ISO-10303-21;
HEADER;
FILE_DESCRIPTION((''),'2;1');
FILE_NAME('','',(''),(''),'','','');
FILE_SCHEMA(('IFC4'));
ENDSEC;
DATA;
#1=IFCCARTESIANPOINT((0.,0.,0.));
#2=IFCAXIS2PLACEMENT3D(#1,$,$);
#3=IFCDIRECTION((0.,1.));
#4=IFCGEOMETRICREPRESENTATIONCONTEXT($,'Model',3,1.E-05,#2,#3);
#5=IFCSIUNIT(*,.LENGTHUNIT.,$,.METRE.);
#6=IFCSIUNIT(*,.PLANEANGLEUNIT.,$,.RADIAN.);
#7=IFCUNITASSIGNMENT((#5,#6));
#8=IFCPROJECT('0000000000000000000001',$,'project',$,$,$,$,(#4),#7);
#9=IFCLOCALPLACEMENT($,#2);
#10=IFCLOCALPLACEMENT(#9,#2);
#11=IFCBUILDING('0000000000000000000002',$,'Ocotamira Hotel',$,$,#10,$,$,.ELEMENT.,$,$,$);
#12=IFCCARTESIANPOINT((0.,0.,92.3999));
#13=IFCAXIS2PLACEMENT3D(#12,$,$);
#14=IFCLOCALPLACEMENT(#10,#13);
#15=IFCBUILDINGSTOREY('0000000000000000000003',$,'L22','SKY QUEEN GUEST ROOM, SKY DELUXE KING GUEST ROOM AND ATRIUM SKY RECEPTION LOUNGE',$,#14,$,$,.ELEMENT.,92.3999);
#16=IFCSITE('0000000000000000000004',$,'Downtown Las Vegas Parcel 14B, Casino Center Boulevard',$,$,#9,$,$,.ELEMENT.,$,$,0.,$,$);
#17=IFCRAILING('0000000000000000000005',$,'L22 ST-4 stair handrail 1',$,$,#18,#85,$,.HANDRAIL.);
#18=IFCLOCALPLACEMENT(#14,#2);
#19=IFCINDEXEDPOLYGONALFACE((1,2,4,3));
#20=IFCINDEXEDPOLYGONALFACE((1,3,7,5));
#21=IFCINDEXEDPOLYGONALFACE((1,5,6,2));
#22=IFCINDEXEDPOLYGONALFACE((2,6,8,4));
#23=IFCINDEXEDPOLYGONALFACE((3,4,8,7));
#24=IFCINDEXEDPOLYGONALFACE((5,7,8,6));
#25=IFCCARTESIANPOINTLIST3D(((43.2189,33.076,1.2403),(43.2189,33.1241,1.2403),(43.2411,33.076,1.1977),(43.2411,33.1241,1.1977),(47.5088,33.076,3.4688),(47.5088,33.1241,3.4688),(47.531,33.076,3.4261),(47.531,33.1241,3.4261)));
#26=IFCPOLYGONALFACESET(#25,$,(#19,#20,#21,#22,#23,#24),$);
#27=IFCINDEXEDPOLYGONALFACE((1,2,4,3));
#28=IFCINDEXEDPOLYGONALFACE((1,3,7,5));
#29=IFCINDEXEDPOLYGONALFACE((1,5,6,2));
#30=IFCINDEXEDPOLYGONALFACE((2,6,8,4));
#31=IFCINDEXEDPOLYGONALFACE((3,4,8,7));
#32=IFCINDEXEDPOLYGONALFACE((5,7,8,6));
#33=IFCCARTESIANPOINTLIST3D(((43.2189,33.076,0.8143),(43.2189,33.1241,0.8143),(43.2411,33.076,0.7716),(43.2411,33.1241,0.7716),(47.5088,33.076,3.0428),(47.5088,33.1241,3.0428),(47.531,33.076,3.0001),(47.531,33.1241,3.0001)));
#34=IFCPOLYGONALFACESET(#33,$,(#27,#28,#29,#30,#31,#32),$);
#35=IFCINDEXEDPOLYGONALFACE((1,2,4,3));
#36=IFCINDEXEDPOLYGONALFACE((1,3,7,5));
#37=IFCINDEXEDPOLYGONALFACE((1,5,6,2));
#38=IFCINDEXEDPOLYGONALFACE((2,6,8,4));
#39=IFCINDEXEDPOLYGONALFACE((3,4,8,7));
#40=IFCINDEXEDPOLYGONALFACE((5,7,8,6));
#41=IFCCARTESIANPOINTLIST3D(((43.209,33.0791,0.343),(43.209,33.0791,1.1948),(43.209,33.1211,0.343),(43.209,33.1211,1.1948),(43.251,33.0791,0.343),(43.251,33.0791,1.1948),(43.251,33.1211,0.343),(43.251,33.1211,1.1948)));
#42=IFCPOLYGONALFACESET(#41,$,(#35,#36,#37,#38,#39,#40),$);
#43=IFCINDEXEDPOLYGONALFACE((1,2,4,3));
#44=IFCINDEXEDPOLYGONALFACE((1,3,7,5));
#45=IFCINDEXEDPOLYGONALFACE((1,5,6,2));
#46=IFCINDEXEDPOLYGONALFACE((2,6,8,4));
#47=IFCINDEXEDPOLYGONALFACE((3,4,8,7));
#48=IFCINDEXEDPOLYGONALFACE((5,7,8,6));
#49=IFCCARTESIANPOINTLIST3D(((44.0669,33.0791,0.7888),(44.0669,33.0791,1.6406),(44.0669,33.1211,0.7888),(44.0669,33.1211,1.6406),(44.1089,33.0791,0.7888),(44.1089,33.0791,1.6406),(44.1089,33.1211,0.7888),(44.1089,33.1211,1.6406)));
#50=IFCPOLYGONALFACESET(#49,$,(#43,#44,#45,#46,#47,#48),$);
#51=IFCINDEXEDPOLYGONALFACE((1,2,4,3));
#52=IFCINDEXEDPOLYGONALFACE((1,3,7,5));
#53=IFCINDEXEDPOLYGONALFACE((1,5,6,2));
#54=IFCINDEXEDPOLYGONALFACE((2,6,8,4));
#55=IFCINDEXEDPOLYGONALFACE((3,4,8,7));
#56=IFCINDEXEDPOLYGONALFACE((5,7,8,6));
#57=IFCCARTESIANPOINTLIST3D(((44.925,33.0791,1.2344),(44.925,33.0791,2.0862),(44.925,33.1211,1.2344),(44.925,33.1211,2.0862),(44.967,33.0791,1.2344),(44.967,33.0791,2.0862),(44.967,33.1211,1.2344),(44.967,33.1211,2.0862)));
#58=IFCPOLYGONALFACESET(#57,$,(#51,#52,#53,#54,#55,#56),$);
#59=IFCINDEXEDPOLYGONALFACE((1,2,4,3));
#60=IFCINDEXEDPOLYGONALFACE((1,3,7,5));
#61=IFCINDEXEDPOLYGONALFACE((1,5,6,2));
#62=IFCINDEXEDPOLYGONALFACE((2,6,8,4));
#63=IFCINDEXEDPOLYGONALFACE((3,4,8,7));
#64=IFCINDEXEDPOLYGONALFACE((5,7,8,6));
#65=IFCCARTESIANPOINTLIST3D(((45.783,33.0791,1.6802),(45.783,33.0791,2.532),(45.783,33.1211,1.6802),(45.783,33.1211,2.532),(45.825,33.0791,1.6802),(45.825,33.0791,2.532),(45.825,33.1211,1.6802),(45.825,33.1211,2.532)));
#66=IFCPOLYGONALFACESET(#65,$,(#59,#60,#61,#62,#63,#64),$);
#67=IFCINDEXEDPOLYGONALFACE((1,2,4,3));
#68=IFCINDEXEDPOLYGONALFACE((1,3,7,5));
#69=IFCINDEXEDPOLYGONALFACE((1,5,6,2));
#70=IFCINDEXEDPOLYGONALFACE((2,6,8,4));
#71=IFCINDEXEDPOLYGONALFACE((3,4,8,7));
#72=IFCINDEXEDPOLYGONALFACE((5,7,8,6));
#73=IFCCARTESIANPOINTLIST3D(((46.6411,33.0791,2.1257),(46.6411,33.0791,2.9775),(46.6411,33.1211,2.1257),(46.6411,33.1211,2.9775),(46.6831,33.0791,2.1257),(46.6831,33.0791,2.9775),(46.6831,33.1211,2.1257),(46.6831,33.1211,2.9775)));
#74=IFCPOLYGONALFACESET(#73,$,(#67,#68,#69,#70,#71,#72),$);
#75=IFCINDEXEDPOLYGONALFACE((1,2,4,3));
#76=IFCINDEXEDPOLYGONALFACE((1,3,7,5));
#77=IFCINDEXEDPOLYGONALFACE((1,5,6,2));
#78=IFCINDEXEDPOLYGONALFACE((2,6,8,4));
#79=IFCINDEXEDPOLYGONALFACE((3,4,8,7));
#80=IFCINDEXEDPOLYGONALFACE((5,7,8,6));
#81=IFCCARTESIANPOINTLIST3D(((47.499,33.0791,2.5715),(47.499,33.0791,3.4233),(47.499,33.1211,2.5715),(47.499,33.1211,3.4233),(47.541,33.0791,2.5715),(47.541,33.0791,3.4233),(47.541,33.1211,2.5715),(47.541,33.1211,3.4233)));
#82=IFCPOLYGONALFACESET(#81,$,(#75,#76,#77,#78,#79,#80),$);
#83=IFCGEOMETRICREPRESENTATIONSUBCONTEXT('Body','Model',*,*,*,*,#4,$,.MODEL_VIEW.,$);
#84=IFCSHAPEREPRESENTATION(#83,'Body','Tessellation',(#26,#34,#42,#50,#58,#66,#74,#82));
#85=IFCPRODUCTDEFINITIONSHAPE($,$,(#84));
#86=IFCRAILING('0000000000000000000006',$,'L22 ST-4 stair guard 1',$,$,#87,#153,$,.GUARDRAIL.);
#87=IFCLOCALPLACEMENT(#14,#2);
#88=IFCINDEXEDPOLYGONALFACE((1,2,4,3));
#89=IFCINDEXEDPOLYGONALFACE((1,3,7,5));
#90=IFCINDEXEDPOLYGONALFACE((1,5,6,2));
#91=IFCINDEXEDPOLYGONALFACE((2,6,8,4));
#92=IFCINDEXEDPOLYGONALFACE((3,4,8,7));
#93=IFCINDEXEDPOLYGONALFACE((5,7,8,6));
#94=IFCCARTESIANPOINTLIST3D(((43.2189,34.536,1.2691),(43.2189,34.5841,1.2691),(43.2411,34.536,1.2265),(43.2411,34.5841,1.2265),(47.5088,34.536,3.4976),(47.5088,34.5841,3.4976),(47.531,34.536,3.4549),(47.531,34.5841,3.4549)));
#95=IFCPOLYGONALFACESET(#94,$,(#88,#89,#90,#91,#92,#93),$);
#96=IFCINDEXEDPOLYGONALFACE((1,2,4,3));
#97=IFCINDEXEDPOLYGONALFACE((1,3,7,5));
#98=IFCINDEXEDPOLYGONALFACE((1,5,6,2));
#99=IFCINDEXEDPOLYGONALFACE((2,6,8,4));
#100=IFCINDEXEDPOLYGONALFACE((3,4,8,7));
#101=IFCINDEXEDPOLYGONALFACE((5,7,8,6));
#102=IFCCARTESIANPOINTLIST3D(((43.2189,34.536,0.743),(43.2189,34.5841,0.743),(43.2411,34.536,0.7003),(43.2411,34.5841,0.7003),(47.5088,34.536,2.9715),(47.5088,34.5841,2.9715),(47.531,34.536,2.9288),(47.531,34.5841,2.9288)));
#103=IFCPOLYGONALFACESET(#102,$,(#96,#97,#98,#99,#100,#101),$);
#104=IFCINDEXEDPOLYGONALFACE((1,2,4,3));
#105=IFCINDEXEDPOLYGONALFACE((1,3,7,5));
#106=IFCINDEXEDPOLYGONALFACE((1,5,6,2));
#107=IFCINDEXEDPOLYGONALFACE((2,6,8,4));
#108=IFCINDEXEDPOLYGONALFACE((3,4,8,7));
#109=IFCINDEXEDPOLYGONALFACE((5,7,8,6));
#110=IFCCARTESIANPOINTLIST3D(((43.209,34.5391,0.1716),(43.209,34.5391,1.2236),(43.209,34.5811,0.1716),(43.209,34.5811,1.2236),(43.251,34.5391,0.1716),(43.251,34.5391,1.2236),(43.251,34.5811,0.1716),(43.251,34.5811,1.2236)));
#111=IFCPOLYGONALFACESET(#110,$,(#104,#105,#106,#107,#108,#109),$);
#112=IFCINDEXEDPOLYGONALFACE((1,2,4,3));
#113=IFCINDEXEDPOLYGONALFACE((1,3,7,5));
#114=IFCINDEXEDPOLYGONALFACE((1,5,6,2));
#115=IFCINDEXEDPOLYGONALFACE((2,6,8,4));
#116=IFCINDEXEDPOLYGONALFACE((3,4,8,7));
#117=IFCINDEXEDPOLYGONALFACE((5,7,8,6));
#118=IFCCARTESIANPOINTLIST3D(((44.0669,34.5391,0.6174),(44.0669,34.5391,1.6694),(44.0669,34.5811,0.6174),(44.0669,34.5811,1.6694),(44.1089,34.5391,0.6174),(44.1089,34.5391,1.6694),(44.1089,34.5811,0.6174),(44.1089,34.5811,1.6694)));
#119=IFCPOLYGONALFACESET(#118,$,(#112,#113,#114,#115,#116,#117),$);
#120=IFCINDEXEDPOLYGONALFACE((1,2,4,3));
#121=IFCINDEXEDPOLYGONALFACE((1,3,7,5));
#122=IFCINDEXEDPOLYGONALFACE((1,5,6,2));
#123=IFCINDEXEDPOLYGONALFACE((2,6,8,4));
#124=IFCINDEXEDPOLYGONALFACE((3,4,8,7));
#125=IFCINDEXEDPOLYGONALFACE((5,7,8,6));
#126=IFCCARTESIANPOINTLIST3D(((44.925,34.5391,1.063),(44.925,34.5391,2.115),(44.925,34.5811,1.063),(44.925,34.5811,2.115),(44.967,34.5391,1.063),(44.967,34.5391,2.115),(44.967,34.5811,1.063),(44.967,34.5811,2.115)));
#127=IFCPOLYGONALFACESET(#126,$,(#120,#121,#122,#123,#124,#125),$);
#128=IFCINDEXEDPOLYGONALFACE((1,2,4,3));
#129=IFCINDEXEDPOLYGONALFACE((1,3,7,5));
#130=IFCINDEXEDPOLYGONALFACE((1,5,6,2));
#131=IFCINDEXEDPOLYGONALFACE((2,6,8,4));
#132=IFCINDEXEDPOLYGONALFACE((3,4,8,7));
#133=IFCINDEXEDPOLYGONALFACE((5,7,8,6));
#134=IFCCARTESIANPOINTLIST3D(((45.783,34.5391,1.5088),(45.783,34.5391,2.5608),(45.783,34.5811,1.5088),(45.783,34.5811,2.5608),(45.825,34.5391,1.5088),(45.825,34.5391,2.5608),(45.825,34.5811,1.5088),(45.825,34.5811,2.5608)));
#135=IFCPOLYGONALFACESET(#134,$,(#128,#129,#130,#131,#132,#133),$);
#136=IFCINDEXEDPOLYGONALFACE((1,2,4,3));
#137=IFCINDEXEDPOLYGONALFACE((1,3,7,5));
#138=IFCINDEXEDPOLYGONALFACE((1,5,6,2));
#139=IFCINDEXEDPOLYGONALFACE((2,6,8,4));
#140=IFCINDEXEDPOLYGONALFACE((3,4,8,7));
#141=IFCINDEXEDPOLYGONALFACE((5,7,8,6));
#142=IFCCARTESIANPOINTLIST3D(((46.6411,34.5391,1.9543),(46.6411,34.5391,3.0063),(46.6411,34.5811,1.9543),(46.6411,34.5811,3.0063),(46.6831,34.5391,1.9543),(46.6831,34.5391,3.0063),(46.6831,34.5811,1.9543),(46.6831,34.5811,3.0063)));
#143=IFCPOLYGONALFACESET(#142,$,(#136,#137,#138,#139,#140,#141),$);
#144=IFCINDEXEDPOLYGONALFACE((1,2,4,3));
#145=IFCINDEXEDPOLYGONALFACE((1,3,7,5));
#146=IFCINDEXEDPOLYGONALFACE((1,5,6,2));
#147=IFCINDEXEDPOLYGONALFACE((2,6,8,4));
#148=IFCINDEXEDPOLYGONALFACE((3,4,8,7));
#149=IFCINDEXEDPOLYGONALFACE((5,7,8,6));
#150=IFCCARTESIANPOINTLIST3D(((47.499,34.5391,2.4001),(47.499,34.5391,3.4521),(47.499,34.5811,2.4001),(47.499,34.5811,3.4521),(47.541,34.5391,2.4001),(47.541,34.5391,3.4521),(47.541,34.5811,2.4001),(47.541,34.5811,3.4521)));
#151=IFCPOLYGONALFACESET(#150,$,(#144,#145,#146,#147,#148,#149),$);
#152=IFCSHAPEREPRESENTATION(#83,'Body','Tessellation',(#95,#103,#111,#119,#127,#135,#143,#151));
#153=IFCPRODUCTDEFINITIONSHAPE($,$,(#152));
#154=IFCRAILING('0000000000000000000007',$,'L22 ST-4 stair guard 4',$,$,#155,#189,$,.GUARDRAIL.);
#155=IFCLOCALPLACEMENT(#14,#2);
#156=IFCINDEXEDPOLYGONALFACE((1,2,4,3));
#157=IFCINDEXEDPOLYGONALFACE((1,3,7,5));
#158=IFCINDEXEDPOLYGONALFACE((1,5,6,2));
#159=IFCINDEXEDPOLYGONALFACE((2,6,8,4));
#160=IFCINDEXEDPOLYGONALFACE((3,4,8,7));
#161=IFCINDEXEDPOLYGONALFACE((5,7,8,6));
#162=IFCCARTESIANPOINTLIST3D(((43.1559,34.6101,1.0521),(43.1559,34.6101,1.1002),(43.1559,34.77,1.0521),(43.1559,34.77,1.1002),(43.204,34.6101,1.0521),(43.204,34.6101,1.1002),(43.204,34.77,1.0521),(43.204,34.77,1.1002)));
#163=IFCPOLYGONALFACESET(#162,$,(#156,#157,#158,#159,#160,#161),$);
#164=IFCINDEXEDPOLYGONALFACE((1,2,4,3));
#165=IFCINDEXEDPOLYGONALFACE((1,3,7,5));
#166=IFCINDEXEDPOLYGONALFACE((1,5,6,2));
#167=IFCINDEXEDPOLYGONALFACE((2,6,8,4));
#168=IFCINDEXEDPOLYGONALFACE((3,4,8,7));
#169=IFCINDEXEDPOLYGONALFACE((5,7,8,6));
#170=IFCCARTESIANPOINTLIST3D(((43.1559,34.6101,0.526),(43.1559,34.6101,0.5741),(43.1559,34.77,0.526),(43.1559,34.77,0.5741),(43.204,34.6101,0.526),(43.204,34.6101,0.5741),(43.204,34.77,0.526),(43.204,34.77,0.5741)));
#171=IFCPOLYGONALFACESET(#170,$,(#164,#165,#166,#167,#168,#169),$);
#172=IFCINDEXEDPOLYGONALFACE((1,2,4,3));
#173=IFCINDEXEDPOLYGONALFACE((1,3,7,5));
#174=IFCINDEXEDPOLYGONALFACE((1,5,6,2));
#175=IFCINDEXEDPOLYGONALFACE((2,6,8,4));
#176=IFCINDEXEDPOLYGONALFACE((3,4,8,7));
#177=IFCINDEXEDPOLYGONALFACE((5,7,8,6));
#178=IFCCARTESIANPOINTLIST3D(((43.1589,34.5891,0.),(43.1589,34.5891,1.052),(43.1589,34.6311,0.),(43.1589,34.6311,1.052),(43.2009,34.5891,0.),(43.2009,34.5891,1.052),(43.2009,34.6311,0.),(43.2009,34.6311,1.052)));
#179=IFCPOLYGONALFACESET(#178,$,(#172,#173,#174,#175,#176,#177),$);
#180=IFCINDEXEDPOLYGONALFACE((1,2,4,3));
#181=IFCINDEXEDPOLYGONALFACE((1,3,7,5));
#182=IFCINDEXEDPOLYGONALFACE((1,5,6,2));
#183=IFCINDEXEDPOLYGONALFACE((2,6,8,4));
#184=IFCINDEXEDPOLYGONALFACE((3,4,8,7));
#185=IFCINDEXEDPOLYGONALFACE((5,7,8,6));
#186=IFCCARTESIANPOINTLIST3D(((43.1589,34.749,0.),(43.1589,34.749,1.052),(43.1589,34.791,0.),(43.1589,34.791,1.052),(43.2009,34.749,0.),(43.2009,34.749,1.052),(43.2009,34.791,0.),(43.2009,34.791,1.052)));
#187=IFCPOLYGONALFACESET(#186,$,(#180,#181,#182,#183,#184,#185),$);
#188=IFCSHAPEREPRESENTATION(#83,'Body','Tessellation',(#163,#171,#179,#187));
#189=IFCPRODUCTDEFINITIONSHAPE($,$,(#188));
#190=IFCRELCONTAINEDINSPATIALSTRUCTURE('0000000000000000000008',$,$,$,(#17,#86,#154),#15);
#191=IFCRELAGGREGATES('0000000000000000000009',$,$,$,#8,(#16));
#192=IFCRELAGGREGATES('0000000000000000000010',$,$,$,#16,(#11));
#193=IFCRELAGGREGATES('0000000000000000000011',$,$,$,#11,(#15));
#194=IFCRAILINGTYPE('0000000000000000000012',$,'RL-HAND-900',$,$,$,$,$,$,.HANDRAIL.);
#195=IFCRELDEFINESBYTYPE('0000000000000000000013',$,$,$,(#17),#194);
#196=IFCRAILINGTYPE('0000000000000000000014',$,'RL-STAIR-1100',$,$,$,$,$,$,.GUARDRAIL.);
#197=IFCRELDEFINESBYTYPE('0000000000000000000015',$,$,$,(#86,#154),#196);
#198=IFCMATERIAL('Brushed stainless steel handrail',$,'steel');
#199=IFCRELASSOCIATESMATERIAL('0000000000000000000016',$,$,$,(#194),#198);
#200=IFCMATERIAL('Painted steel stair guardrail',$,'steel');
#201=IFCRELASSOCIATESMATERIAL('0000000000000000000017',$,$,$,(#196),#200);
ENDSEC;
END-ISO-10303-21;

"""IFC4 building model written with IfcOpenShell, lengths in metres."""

from ifc_helpers import new_model, si_unit, direction, frame, origin, origin_2d, place, context, subcontext, project, spatial, rectangle, extrude, material, type_object, element, save


model = new_model("IFC4")

# Units and contexts
model_context = context("Model", 3, precision=1e-05, world=origin(), true_north=direction((0.0, 1.0)))
body_context = subcontext(model_context, "Body", "Model", "MODEL_VIEW")
ifc_project = project(units=[si_unit("LENGTHUNIT", "METRE"), si_unit("PLANEANGLEUNIT", "RADIAN")], contexts=[model_context])

# Site, building, storey
site_placement = place(None, origin())
site = spatial("IfcSite", under=ifc_project, at=site_placement, Name="Downtown Las Vegas Parcel 14B, Casino Center Boulevard", CompositionType="ELEMENT", RefElevation=0.0)
building_placement = place(site_placement, origin())
building = spatial("IfcBuilding", under=site, at=building_placement, Name="Ocotamira Hotel", CompositionType="ELEMENT")
storey_placement = place(building_placement, frame((0.0, 0.0, 92.3999)))
storey = spatial("IfcBuildingStorey", under=building, at=storey_placement, Name="L22", Description="SKY QUEEN GUEST ROOM, SKY DELUXE KING GUEST ROOM AND ATRIUM SKY RECEPTION LOUNGE", CompositionType="ELEMENT", Elevation=92.3999)

# Railings
ifc_material_1 = material(Name="Painted steel stair guardrail", Category="steel")
ifc_material_2 = material(Name="Brushed stainless steel handrail", Category="steel")
railing_type_1 = type_object("IfcRailingType", Name="RL-HAND-900", PredefinedType="HANDRAIL", material=ifc_material_2)
railing_1_placement = place(storey_placement, frame((43.23, 33.1001, 0.343)))
element("IfcRailing", 1, at=railing_1_placement, inside=storey, type_object=railing_type_1, Name="L22 ST-4 stair handrail 1", PredefinedType="HANDRAIL", context=body_context, shape_type="SweptSolid", body=[
    extrude(rectangle(XDim=0.0481, YDim=0.0481, at=origin_2d()), frame((0.0, 0.0, 0.876), z_axis=(0.887412, 0.0, 0.460977), x_axis=(0.0, 1.0, 0.0)), (0.0, 0.0, 1.0), 4.8342),
    extrude(rectangle(XDim=0.0481, YDim=0.0481, at=origin_2d()), frame((0.0, 0.0, 0.45), z_axis=(0.887412, 0.0, 0.460977), x_axis=(0.0, 1.0, 0.0)), (0.0, 0.0, 1.0), 4.8342),
    extrude(rectangle(XDim=0.042, YDim=0.042, at=origin_2d()), origin(), (0.0, 0.0, 1.0), 0.8518),
    extrude(rectangle(XDim=0.042, YDim=0.042, at=origin_2d()), frame((0.8579, 0.0, 0.4458)), (0.0, 0.0, 1.0), 0.8518),
    extrude(rectangle(XDim=0.042, YDim=0.042, at=origin_2d()), frame((1.7161, 0.0, 0.8914)), (0.0, 0.0, 1.0), 0.8518),
    extrude(rectangle(XDim=0.042, YDim=0.042, at=origin_2d()), frame((2.574, 0.0, 1.3372)), (0.0, 0.0, 1.0), 0.8518),
    extrude(rectangle(XDim=0.042, YDim=0.042, at=origin_2d()), frame((3.4321, 0.0, 1.7827)), (0.0, 0.0, 1.0), 0.8518),
    extrude(rectangle(XDim=0.042, YDim=0.042, at=origin_2d()), frame((4.29, 0.0, 2.2285)), (0.0, 0.0, 1.0), 0.8518),
])
railing_type_2 = type_object("IfcRailingType", Name="RL-STAIR-1100", PredefinedType="GUARDRAIL", material=ifc_material_1)
railing_2_placement = place(storey_placement, frame((43.23, 34.5601, 0.1716)))
element("IfcRailing", 2, at=railing_2_placement, inside=storey, type_object=railing_type_2, Name="L22 ST-4 stair guard 1", PredefinedType="GUARDRAIL", context=body_context, shape_type="SweptSolid", body=[
    extrude(rectangle(XDim=0.0481, YDim=0.0481, at=origin_2d()), frame((0.0, 0.0, 1.0762), z_axis=(0.887412, 0.0, 0.460977), x_axis=(0.0, 1.0, 0.0)), (0.0, 0.0, 1.0), 4.8342),
    extrude(rectangle(XDim=0.0481, YDim=0.0481, at=origin_2d()), frame((0.0, 0.0, 0.55), z_axis=(0.887412, 0.0, 0.460977), x_axis=(0.0, 1.0, 0.0)), (0.0, 0.0, 1.0), 4.8342),
    extrude(rectangle(XDim=0.042, YDim=0.042, at=origin_2d()), origin(), (0.0, 0.0, 1.0), 1.052),
    extrude(rectangle(XDim=0.042, YDim=0.042, at=origin_2d()), frame((0.8579, 0.0, 0.4458)), (0.0, 0.0, 1.0), 1.052),
    extrude(rectangle(XDim=0.042, YDim=0.042, at=origin_2d()), frame((1.7161, 0.0, 0.8914)), (0.0, 0.0, 1.0), 1.052),
    extrude(rectangle(XDim=0.042, YDim=0.042, at=origin_2d()), frame((2.574, 0.0, 1.3372)), (0.0, 0.0, 1.0), 1.052),
    extrude(rectangle(XDim=0.042, YDim=0.042, at=origin_2d()), frame((3.4321, 0.0, 1.7827)), (0.0, 0.0, 1.0), 1.052),
    extrude(rectangle(XDim=0.042, YDim=0.042, at=origin_2d()), frame((4.29, 0.0, 2.2285)), (0.0, 0.0, 1.0), 1.052),
])
railing_3_placement = place(storey_placement, frame((43.1799, 34.6101, 0.0)))
element("IfcRailing", 3, at=railing_3_placement, inside=storey, type_object=railing_type_2, Name="L22 ST-4 stair guard 4", PredefinedType="GUARDRAIL", context=body_context, shape_type="SweptSolid", body=[
    extrude(rectangle(XDim=0.0481, YDim=0.0481, at=origin_2d()), frame((0.0, 0.0, 1.0762), z_axis=(0.0, 1.0, 0.0), x_axis=(-1.0, 0.0, 0.0)), (0.0, 0.0, 1.0), 0.1599),
    extrude(rectangle(XDim=0.0481, YDim=0.0481, at=origin_2d()), frame((0.0, 0.0, 0.55), z_axis=(0.0, 1.0, 0.0), x_axis=(-1.0, 0.0, 0.0)), (0.0, 0.0, 1.0), 0.1599),
    extrude(rectangle(XDim=0.042, YDim=0.042, at=origin_2d()), origin(), (0.0, 0.0, 1.0), 1.052),
    extrude(rectangle(XDim=0.042, YDim=0.042, at=origin_2d()), frame((0.0, 0.1599, 0.0)), (0.0, 0.0, 1.0), 1.052),
])

save(model, "model.ifc")
